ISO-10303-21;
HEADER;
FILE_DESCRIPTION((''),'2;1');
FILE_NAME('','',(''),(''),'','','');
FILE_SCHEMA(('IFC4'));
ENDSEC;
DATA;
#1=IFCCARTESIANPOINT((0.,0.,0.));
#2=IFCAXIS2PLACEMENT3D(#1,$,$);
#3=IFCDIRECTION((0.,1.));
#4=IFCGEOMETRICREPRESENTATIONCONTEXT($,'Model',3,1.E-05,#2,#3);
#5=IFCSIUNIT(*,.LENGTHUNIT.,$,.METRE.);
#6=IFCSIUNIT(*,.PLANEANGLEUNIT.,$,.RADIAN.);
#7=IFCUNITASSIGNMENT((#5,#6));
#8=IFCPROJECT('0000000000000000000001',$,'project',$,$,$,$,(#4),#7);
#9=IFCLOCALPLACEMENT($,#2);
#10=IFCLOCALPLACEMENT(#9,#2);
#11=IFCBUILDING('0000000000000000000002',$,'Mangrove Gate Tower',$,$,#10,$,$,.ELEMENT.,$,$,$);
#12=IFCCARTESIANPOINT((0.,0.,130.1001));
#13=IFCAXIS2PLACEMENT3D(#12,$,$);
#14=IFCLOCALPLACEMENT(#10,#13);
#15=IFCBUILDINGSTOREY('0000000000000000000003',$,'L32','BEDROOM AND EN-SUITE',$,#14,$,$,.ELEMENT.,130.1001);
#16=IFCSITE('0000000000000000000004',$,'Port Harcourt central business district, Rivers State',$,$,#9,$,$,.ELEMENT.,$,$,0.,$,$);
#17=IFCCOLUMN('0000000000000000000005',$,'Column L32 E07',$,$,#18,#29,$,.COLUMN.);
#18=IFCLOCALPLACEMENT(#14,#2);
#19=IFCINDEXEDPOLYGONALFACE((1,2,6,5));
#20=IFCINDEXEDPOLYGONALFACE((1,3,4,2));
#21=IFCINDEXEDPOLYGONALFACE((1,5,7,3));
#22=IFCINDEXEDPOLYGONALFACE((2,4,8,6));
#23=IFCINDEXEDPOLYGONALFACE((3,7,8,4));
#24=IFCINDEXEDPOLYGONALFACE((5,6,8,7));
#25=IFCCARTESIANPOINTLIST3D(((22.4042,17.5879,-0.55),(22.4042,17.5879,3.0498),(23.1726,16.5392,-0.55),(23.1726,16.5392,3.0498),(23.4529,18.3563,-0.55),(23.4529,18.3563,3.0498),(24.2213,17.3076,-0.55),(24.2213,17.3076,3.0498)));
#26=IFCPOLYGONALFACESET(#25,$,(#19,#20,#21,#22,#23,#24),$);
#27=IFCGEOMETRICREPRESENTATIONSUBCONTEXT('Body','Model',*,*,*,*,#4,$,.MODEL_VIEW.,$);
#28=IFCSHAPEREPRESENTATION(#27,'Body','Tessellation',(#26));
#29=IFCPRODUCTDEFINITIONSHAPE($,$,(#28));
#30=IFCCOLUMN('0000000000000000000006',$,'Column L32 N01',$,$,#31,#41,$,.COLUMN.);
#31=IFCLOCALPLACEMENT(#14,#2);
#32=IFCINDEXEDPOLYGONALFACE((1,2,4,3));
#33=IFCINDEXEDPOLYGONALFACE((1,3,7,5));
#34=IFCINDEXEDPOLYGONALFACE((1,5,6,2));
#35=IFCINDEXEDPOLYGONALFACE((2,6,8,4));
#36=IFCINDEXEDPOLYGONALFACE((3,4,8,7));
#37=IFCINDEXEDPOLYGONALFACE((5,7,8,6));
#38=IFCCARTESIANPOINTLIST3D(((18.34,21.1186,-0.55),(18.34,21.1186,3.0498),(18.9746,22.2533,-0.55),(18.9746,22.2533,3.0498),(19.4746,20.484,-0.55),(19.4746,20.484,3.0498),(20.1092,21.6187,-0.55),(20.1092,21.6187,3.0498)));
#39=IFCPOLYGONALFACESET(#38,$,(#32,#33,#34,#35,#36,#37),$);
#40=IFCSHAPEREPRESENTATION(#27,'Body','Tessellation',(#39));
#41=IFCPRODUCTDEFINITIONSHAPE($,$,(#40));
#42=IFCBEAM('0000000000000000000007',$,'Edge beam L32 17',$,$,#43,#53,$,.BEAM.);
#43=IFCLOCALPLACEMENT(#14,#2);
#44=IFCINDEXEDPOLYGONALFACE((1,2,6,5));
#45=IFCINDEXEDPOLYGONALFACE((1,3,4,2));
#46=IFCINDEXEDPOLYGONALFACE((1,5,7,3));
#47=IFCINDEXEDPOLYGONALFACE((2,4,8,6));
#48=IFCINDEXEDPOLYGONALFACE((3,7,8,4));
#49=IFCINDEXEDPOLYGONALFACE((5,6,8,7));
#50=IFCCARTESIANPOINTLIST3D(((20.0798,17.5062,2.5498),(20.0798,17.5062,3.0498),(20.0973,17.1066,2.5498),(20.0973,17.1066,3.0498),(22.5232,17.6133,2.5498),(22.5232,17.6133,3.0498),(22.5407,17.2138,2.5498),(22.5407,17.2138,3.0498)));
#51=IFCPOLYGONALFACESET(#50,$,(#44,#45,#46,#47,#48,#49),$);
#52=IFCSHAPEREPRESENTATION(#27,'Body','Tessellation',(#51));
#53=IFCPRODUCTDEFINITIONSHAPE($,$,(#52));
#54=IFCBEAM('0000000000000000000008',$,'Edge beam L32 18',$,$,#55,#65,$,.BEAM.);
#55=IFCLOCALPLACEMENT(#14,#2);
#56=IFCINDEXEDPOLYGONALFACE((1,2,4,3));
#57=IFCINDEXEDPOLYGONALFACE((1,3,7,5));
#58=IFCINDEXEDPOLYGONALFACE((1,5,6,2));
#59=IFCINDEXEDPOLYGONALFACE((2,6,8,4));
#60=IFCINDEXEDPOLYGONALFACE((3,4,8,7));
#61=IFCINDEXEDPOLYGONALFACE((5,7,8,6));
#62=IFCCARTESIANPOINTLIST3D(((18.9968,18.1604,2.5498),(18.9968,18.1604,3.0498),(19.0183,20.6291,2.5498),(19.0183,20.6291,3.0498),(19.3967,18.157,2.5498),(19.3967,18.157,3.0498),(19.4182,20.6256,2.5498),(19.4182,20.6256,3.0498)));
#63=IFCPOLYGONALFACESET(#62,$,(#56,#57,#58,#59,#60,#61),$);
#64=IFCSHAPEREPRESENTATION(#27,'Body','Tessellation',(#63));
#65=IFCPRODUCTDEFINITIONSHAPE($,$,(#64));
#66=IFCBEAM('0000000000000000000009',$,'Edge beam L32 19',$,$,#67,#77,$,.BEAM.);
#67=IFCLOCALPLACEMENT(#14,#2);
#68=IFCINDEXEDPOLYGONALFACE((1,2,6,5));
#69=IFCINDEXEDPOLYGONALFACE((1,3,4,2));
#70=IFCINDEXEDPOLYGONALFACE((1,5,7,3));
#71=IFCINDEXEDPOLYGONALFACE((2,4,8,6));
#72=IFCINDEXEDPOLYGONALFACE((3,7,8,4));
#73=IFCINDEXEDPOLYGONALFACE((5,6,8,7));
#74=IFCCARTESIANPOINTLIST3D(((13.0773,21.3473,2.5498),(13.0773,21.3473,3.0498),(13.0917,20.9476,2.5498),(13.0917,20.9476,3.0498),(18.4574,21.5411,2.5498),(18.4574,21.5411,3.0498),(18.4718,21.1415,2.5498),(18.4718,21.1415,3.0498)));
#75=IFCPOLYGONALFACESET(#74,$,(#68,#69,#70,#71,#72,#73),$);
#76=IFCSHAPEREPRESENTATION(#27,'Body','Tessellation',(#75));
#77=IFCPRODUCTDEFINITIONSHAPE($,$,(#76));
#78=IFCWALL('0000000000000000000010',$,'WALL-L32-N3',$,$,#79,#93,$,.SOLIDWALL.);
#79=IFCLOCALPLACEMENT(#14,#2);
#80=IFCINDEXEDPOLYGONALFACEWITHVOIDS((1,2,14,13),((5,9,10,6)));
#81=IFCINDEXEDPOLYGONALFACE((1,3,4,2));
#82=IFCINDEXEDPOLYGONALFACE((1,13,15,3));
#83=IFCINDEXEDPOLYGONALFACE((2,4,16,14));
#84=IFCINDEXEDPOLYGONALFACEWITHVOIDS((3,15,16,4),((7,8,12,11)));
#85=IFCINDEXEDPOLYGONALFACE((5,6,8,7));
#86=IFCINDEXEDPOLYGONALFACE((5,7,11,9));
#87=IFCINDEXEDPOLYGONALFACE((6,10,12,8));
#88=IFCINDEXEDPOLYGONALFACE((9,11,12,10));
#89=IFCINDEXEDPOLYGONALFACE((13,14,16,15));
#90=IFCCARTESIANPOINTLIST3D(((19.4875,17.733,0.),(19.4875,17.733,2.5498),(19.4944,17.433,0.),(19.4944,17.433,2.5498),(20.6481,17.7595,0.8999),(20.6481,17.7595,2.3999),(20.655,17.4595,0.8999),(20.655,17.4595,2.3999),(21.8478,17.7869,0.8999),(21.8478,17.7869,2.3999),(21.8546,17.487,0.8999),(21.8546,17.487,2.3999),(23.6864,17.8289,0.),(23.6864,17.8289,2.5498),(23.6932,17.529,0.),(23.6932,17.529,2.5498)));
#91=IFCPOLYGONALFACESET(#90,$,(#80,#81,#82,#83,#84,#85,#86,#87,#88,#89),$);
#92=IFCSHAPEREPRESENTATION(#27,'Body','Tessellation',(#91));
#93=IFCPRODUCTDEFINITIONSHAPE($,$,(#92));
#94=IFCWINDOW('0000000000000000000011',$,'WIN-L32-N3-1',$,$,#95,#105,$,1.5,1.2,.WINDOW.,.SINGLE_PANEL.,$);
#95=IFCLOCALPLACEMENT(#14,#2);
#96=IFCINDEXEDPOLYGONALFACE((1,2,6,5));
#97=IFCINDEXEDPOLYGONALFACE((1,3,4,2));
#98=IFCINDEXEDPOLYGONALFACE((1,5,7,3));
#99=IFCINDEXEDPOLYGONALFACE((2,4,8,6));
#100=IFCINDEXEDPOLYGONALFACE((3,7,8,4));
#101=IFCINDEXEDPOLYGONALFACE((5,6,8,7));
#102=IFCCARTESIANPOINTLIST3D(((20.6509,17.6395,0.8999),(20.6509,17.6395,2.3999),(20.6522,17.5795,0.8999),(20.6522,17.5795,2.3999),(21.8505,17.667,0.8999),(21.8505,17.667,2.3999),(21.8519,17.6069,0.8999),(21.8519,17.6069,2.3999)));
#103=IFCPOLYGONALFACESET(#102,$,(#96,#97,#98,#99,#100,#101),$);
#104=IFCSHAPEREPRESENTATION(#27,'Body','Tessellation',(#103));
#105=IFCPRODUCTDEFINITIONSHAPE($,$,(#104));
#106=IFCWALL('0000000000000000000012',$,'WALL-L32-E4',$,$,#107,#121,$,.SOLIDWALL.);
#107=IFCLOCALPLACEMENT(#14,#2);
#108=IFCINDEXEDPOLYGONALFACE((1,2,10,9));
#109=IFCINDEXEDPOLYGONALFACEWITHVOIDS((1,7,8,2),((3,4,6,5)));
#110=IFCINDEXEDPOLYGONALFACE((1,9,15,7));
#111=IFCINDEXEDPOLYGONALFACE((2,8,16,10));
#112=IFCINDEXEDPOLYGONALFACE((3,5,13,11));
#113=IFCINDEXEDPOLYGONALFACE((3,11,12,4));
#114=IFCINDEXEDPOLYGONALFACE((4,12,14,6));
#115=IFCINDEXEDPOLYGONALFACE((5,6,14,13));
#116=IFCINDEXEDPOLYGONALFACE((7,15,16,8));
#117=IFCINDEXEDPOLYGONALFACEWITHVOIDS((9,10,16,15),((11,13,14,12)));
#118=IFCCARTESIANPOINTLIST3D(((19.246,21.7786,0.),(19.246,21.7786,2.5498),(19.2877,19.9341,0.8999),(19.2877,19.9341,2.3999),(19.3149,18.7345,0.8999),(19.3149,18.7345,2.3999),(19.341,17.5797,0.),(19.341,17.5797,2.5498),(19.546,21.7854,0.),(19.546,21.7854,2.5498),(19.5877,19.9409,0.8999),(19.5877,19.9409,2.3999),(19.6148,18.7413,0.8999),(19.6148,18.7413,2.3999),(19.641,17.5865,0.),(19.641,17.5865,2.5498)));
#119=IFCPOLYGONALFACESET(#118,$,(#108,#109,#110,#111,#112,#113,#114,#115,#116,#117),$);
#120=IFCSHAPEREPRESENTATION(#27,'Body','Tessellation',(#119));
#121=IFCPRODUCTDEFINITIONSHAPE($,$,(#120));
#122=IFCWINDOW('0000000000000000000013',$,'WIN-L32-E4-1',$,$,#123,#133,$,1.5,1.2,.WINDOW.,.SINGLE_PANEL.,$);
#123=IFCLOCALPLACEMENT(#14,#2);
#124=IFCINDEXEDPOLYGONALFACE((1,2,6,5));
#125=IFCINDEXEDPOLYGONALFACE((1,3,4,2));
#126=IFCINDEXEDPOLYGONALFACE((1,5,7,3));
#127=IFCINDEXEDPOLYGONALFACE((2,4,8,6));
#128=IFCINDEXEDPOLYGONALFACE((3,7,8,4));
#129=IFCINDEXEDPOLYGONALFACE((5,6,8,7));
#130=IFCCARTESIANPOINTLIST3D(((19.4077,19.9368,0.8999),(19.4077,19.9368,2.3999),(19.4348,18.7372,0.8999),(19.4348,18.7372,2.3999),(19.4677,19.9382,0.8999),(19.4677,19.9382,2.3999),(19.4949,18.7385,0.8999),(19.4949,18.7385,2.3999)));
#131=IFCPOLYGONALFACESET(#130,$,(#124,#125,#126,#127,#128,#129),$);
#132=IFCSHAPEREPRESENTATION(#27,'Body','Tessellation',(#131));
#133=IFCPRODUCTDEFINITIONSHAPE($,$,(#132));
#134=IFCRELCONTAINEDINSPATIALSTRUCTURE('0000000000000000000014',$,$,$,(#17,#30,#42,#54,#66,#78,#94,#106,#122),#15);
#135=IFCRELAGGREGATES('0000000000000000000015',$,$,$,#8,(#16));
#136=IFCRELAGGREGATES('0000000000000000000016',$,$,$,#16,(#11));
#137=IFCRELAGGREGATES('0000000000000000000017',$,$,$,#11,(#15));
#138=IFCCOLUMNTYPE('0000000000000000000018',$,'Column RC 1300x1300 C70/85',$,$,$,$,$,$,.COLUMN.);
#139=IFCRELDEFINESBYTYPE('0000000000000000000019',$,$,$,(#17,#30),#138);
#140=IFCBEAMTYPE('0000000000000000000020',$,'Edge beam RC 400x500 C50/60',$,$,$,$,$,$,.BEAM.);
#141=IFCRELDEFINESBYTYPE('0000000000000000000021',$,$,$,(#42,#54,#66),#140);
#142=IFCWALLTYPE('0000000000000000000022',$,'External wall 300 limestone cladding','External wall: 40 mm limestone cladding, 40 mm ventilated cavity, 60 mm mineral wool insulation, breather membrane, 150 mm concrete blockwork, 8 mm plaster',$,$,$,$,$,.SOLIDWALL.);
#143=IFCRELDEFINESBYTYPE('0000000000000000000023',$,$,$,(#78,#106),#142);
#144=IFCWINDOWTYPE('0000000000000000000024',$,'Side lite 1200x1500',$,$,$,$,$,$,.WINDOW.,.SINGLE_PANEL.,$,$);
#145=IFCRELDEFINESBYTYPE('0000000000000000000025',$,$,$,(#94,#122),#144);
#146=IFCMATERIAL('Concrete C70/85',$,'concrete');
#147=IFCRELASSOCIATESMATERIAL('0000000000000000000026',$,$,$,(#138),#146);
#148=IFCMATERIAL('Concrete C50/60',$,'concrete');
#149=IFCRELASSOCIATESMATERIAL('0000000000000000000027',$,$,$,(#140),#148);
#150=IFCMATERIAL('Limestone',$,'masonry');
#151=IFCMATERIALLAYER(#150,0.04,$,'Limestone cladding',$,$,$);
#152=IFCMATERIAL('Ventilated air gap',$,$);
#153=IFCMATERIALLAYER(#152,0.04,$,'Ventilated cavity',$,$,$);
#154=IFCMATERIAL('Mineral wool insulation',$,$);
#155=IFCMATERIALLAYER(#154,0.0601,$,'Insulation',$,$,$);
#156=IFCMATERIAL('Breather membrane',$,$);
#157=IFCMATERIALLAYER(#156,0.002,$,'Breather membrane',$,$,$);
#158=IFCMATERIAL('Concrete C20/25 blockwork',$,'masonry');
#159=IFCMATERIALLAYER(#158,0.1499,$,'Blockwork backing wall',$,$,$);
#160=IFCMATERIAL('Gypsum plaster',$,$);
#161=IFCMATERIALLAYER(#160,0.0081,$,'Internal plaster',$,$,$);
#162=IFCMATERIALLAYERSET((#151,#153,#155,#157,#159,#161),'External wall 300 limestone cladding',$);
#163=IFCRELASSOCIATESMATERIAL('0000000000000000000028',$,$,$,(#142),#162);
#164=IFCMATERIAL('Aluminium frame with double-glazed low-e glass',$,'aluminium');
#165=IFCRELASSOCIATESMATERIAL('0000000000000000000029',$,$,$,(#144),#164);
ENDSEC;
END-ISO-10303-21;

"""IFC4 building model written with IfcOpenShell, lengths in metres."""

from ifc_helpers import new_model, si_unit, direction, frame, frame_2d, origin, origin_2d, place, context, subcontext, project, spatial, rectangle, extrude, material, layer, layer_set, material_profile, profile_set, type_object, element, fill, save


model = new_model("IFC4")

# Units and contexts
model_context = context("Model", 3, precision=1e-05, world=origin(), true_north=direction((0.0, 1.0)))
body_context = subcontext(model_context, "Body", "Model", "MODEL_VIEW")
ifc_project = project(units=[si_unit("LENGTHUNIT", "METRE"), si_unit("PLANEANGLEUNIT", "RADIAN")], contexts=[model_context])

# Site, building, storey
site_placement = place(None, origin())
site = spatial("IfcSite", under=ifc_project, at=site_placement, Name="Port Harcourt central business district, Rivers State", CompositionType="ELEMENT", RefElevation=0.0)
building_placement = place(site_placement, origin())
building = spatial("IfcBuilding", under=site, at=building_placement, Name="Mangrove Gate Tower", CompositionType="ELEMENT")
storey_placement = place(building_placement, frame((0.0, 0.0, 130.1001)))
storey = spatial("IfcBuildingStorey", under=building, at=storey_placement, Name="L32", Description="BEDROOM AND EN-SUITE", CompositionType="ELEMENT", Elevation=130.1001)

# Columns
ifc_material_1 = material(Name="Concrete C70/85", Category="concrete")
ifc_material_profile_1 = material_profile(ifc_material_1, rectangle(XDim=1.3, YDim=1.3, at=origin_2d()))
ifc_profile_set_1 = profile_set([ifc_material_profile_1], Name="Concrete C70/85")
column_type = type_object("IfcColumnType", Name="Column RC 1300x1300 C70/85", PredefinedType="COLUMN", material=ifc_profile_set_1)
for number, where, z_axis, x_axis, name in (
    (1, (23.3127, 17.4478, -0.55), (0.0, 0.0, 1.0), (-0.591062, 0.806626, 0.0), "Column L32 E07"),
    (2, (19.2246, 21.3687, -0.55), (0.0, 0.0, 1.0), (-0.872768, 0.488136, 0.0), "Column L32 N01"),
):
    element("IfcColumn", number, at=place(storey_placement, frame(where, z_axis=z_axis, x_axis=x_axis)), inside=storey, type_object=column_type, Name=name, PredefinedType="COLUMN", context=body_context, shape_type="SweptSolid", body=[
        extrude(rectangle(XDim=1.3, YDim=1.3, at=origin_2d()), origin(), (0.0, 0.0, 1.0), 3.5999),
    ])

# Beams
ifc_material_2 = material(Name="Concrete C50/60", Category="concrete")
ifc_material_profile_2 = material_profile(ifc_material_2, rectangle(XDim=0.3999, YDim=0.5, at=origin_2d()))
ifc_profile_set_2 = profile_set([ifc_material_profile_2], Name="Concrete C50/60")
beam_type = type_object("IfcBeamType", Name="Edge beam RC 400x500 C50/60", PredefinedType="BEAM", material=ifc_profile_set_2)
beam_1_placement = place(storey_placement, frame((22.532, 17.4136, 2.7998), z_axis=(-0.999039, -0.043823, 0.0), x_axis=(0.043823, -0.999039, 0.0)))
element("IfcBeam", 3, at=beam_1_placement, inside=storey, type_object=beam_type, Name="Edge beam L32 17", PredefinedType="BEAM", context=body_context, shape_type="SweptSolid", body=[
    extrude(rectangle(XDim=0.3999, YDim=0.5, at=origin_2d()), origin(), (0.0, 0.0, 1.0), 2.4458),
])
beam_2_placement = place(storey_placement, frame((19.1968, 18.1587, 2.7998), z_axis=(0.008702, 0.999962, 0.0), x_axis=(-0.999962, 0.008702, 0.0)))
element("IfcBeam", 4, at=beam_2_placement, inside=storey, type_object=beam_type, Name="Edge beam L32 18", PredefinedType="BEAM", context=body_context, shape_type="SweptSolid", body=[
    extrude(rectangle(XDim=0.3999, YDim=0.5, at=origin_2d()), origin(), (0.0, 0.0, 1.0), 2.4688),
])
beam_3_placement = place(storey_placement, frame((18.4646, 21.3413, 2.7998), z_axis=(-0.999352, -0.036007, 0.0), x_axis=(0.036007, -0.999352, 0.0)))
element("IfcBeam", 5, at=beam_3_placement, inside=storey, type_object=beam_type, Name="Edge beam L32 19", PredefinedType="BEAM", context=body_context, shape_type="SweptSolid", body=[
    extrude(rectangle(XDim=0.3999, YDim=0.5, at=origin_2d()), origin(), (0.0, 0.0, 1.0), 5.3835),
])

# Walls, openings, windows
ifc_material_3 = material(Name="Limestone", Category="masonry")
ifc_layer_1 = layer(ifc_material_3, 0.04, Name="Limestone cladding")
ifc_material_4 = material(Name="Ventilated air gap")
ifc_layer_2 = layer(ifc_material_4, 0.04, Name="Ventilated cavity")
ifc_material_5 = material(Name="Mineral wool insulation")
ifc_layer_3 = layer(ifc_material_5, 0.0601, Name="Insulation")
ifc_material_6 = material(Name="Breather membrane")
ifc_layer_4 = layer(ifc_material_6, 0.002, Name="Breather membrane")
ifc_material_7 = material(Name="Concrete C20/25 blockwork", Category="masonry")
ifc_layer_5 = layer(ifc_material_7, 0.1499, Name="Blockwork backing wall")
ifc_material_8 = material(Name="Gypsum plaster")
ifc_layer_6 = layer(ifc_material_8, 0.0081, Name="Internal plaster")
ifc_layer_set = layer_set([ifc_layer_1, ifc_layer_2, ifc_layer_3, ifc_layer_4, ifc_layer_5, ifc_layer_6], Name="External wall 300 limestone cladding")
wall_type = type_object("IfcWallType", Name="External wall 300 limestone cladding", Description="External wall: 40 mm limestone cladding, 40 mm ventilated cavity, 60 mm mineral wool insulation, breather membrane, 150 mm concrete blockwork, 8 mm plaster", PredefinedType="SOLIDWALL", material=ifc_layer_set)
wall_1_placement = place(storey_placement, frame((23.6899, 17.679, 0.0), z_axis=(0.0, 0.0, 1.0), x_axis=(-0.999739, -0.022844, 0.0)))
wall_1 = element("IfcWall", 6, at=wall_1_placement, inside=storey, type_object=wall_type, Name="WALL-L32-N3", PredefinedType="SOLIDWALL", context=body_context, shape_type="SweptSolid", body=[
    extrude(rectangle(XDim=4.2, YDim=0.3, at=frame_2d((2.1001, 0.0))), origin(), (0.0, 0.0, 1.0), 2.5498),
])
opening_1_placement = place(wall_1_placement, frame((1.8391, 0.0, 0.8999)))
opening_1 = element("IfcOpeningElement", 7, at=opening_1_placement, cuts=wall_1, PredefinedType="OPENING", context=body_context, shape_type="SweptSolid", body=[
    extrude(rectangle(XDim=1.2, YDim=1.5, at=frame_2d((0.6001, 0.75))), frame((0.0, 0.1599, 0.0), z_axis=(0.0, -1.0, 0.0), x_axis=(1.0, 0.0, 0.0)), (0.0, 0.0, 1.0), 0.3201),
])
ifc_material_9 = material(Name="Aluminium frame with double-glazed low-e glass", Category="aluminium")
window_type_1 = type_object("IfcWindowType", Name="Side lite 1200x1500", PartitioningType="SINGLE_PANEL", PredefinedType="WINDOW", material=ifc_material_9)
window_1_placement = place(opening_1_placement, origin())
window_1 = element("IfcWindow", 8, at=window_1_placement, inside=storey, type_object=window_type_1, Name="WIN-L32-N3-1", OverallHeight=1.5, OverallWidth=1.2, PartitioningType="SINGLE_PANEL", PredefinedType="WINDOW", context=body_context, shape_type="SweptSolid", body=[
    extrude(rectangle(XDim=1.2, YDim=1.5, at=frame_2d((0.6001, 0.75))), frame((0.0, 0.03, 0.0), z_axis=(0.0, -1.0, 0.0), x_axis=(1.0, 0.0, 0.0)), (0.0, 0.0, 1.0), 0.0601),
])
fill(opening_1, window_1)
wall_2_placement = place(storey_placement, frame((19.491, 17.583, 0.0), z_axis=(0.0, 0.0, 1.0), x_axis=(-0.022612, 0.999744, 0.0)))
wall_2 = element("IfcWall", 9, at=wall_2_placement, inside=storey, type_object=wall_type, Name="WALL-L32-E4", PredefinedType="SOLIDWALL", context=body_context, shape_type="SweptSolid", body=[
    extrude(rectangle(XDim=4.2, YDim=0.3, at=frame_2d((2.1001, 0.0))), origin(), (0.0, 0.0, 1.0), 2.5498),
])
opening_2_placement = place(wall_2_placement, frame((1.155, 0.0, 0.8999)))
opening_2 = element("IfcOpeningElement", 10, at=opening_2_placement, cuts=wall_2, PredefinedType="OPENING", context=body_context, shape_type="SweptSolid", body=[
    extrude(rectangle(XDim=1.2, YDim=1.5, at=frame_2d((0.6001, 0.75))), frame((0.0, 0.1599, 0.0), z_axis=(0.0, -1.0, 0.0), x_axis=(1.0, 0.0, 0.0)), (0.0, 0.0, 1.0), 0.3201),
])
window_2_placement = place(opening_2_placement, origin())
window_2 = element("IfcWindow", 11, at=window_2_placement, inside=storey, type_object=window_type_1, Name="WIN-L32-E4-1", OverallHeight=1.5, OverallWidth=1.2, PartitioningType="SINGLE_PANEL", PredefinedType="WINDOW", context=body_context, shape_type="SweptSolid", body=[
    extrude(rectangle(XDim=1.2, YDim=1.5, at=frame_2d((0.6001, 0.75))), frame((0.0, 0.03, 0.0), z_axis=(0.0, -1.0, 0.0), x_axis=(1.0, 0.0, 0.0)), (0.0, 0.0, 1.0), 0.0601),
])
fill(opening_2, window_2)

save(model, "model.ifc")
